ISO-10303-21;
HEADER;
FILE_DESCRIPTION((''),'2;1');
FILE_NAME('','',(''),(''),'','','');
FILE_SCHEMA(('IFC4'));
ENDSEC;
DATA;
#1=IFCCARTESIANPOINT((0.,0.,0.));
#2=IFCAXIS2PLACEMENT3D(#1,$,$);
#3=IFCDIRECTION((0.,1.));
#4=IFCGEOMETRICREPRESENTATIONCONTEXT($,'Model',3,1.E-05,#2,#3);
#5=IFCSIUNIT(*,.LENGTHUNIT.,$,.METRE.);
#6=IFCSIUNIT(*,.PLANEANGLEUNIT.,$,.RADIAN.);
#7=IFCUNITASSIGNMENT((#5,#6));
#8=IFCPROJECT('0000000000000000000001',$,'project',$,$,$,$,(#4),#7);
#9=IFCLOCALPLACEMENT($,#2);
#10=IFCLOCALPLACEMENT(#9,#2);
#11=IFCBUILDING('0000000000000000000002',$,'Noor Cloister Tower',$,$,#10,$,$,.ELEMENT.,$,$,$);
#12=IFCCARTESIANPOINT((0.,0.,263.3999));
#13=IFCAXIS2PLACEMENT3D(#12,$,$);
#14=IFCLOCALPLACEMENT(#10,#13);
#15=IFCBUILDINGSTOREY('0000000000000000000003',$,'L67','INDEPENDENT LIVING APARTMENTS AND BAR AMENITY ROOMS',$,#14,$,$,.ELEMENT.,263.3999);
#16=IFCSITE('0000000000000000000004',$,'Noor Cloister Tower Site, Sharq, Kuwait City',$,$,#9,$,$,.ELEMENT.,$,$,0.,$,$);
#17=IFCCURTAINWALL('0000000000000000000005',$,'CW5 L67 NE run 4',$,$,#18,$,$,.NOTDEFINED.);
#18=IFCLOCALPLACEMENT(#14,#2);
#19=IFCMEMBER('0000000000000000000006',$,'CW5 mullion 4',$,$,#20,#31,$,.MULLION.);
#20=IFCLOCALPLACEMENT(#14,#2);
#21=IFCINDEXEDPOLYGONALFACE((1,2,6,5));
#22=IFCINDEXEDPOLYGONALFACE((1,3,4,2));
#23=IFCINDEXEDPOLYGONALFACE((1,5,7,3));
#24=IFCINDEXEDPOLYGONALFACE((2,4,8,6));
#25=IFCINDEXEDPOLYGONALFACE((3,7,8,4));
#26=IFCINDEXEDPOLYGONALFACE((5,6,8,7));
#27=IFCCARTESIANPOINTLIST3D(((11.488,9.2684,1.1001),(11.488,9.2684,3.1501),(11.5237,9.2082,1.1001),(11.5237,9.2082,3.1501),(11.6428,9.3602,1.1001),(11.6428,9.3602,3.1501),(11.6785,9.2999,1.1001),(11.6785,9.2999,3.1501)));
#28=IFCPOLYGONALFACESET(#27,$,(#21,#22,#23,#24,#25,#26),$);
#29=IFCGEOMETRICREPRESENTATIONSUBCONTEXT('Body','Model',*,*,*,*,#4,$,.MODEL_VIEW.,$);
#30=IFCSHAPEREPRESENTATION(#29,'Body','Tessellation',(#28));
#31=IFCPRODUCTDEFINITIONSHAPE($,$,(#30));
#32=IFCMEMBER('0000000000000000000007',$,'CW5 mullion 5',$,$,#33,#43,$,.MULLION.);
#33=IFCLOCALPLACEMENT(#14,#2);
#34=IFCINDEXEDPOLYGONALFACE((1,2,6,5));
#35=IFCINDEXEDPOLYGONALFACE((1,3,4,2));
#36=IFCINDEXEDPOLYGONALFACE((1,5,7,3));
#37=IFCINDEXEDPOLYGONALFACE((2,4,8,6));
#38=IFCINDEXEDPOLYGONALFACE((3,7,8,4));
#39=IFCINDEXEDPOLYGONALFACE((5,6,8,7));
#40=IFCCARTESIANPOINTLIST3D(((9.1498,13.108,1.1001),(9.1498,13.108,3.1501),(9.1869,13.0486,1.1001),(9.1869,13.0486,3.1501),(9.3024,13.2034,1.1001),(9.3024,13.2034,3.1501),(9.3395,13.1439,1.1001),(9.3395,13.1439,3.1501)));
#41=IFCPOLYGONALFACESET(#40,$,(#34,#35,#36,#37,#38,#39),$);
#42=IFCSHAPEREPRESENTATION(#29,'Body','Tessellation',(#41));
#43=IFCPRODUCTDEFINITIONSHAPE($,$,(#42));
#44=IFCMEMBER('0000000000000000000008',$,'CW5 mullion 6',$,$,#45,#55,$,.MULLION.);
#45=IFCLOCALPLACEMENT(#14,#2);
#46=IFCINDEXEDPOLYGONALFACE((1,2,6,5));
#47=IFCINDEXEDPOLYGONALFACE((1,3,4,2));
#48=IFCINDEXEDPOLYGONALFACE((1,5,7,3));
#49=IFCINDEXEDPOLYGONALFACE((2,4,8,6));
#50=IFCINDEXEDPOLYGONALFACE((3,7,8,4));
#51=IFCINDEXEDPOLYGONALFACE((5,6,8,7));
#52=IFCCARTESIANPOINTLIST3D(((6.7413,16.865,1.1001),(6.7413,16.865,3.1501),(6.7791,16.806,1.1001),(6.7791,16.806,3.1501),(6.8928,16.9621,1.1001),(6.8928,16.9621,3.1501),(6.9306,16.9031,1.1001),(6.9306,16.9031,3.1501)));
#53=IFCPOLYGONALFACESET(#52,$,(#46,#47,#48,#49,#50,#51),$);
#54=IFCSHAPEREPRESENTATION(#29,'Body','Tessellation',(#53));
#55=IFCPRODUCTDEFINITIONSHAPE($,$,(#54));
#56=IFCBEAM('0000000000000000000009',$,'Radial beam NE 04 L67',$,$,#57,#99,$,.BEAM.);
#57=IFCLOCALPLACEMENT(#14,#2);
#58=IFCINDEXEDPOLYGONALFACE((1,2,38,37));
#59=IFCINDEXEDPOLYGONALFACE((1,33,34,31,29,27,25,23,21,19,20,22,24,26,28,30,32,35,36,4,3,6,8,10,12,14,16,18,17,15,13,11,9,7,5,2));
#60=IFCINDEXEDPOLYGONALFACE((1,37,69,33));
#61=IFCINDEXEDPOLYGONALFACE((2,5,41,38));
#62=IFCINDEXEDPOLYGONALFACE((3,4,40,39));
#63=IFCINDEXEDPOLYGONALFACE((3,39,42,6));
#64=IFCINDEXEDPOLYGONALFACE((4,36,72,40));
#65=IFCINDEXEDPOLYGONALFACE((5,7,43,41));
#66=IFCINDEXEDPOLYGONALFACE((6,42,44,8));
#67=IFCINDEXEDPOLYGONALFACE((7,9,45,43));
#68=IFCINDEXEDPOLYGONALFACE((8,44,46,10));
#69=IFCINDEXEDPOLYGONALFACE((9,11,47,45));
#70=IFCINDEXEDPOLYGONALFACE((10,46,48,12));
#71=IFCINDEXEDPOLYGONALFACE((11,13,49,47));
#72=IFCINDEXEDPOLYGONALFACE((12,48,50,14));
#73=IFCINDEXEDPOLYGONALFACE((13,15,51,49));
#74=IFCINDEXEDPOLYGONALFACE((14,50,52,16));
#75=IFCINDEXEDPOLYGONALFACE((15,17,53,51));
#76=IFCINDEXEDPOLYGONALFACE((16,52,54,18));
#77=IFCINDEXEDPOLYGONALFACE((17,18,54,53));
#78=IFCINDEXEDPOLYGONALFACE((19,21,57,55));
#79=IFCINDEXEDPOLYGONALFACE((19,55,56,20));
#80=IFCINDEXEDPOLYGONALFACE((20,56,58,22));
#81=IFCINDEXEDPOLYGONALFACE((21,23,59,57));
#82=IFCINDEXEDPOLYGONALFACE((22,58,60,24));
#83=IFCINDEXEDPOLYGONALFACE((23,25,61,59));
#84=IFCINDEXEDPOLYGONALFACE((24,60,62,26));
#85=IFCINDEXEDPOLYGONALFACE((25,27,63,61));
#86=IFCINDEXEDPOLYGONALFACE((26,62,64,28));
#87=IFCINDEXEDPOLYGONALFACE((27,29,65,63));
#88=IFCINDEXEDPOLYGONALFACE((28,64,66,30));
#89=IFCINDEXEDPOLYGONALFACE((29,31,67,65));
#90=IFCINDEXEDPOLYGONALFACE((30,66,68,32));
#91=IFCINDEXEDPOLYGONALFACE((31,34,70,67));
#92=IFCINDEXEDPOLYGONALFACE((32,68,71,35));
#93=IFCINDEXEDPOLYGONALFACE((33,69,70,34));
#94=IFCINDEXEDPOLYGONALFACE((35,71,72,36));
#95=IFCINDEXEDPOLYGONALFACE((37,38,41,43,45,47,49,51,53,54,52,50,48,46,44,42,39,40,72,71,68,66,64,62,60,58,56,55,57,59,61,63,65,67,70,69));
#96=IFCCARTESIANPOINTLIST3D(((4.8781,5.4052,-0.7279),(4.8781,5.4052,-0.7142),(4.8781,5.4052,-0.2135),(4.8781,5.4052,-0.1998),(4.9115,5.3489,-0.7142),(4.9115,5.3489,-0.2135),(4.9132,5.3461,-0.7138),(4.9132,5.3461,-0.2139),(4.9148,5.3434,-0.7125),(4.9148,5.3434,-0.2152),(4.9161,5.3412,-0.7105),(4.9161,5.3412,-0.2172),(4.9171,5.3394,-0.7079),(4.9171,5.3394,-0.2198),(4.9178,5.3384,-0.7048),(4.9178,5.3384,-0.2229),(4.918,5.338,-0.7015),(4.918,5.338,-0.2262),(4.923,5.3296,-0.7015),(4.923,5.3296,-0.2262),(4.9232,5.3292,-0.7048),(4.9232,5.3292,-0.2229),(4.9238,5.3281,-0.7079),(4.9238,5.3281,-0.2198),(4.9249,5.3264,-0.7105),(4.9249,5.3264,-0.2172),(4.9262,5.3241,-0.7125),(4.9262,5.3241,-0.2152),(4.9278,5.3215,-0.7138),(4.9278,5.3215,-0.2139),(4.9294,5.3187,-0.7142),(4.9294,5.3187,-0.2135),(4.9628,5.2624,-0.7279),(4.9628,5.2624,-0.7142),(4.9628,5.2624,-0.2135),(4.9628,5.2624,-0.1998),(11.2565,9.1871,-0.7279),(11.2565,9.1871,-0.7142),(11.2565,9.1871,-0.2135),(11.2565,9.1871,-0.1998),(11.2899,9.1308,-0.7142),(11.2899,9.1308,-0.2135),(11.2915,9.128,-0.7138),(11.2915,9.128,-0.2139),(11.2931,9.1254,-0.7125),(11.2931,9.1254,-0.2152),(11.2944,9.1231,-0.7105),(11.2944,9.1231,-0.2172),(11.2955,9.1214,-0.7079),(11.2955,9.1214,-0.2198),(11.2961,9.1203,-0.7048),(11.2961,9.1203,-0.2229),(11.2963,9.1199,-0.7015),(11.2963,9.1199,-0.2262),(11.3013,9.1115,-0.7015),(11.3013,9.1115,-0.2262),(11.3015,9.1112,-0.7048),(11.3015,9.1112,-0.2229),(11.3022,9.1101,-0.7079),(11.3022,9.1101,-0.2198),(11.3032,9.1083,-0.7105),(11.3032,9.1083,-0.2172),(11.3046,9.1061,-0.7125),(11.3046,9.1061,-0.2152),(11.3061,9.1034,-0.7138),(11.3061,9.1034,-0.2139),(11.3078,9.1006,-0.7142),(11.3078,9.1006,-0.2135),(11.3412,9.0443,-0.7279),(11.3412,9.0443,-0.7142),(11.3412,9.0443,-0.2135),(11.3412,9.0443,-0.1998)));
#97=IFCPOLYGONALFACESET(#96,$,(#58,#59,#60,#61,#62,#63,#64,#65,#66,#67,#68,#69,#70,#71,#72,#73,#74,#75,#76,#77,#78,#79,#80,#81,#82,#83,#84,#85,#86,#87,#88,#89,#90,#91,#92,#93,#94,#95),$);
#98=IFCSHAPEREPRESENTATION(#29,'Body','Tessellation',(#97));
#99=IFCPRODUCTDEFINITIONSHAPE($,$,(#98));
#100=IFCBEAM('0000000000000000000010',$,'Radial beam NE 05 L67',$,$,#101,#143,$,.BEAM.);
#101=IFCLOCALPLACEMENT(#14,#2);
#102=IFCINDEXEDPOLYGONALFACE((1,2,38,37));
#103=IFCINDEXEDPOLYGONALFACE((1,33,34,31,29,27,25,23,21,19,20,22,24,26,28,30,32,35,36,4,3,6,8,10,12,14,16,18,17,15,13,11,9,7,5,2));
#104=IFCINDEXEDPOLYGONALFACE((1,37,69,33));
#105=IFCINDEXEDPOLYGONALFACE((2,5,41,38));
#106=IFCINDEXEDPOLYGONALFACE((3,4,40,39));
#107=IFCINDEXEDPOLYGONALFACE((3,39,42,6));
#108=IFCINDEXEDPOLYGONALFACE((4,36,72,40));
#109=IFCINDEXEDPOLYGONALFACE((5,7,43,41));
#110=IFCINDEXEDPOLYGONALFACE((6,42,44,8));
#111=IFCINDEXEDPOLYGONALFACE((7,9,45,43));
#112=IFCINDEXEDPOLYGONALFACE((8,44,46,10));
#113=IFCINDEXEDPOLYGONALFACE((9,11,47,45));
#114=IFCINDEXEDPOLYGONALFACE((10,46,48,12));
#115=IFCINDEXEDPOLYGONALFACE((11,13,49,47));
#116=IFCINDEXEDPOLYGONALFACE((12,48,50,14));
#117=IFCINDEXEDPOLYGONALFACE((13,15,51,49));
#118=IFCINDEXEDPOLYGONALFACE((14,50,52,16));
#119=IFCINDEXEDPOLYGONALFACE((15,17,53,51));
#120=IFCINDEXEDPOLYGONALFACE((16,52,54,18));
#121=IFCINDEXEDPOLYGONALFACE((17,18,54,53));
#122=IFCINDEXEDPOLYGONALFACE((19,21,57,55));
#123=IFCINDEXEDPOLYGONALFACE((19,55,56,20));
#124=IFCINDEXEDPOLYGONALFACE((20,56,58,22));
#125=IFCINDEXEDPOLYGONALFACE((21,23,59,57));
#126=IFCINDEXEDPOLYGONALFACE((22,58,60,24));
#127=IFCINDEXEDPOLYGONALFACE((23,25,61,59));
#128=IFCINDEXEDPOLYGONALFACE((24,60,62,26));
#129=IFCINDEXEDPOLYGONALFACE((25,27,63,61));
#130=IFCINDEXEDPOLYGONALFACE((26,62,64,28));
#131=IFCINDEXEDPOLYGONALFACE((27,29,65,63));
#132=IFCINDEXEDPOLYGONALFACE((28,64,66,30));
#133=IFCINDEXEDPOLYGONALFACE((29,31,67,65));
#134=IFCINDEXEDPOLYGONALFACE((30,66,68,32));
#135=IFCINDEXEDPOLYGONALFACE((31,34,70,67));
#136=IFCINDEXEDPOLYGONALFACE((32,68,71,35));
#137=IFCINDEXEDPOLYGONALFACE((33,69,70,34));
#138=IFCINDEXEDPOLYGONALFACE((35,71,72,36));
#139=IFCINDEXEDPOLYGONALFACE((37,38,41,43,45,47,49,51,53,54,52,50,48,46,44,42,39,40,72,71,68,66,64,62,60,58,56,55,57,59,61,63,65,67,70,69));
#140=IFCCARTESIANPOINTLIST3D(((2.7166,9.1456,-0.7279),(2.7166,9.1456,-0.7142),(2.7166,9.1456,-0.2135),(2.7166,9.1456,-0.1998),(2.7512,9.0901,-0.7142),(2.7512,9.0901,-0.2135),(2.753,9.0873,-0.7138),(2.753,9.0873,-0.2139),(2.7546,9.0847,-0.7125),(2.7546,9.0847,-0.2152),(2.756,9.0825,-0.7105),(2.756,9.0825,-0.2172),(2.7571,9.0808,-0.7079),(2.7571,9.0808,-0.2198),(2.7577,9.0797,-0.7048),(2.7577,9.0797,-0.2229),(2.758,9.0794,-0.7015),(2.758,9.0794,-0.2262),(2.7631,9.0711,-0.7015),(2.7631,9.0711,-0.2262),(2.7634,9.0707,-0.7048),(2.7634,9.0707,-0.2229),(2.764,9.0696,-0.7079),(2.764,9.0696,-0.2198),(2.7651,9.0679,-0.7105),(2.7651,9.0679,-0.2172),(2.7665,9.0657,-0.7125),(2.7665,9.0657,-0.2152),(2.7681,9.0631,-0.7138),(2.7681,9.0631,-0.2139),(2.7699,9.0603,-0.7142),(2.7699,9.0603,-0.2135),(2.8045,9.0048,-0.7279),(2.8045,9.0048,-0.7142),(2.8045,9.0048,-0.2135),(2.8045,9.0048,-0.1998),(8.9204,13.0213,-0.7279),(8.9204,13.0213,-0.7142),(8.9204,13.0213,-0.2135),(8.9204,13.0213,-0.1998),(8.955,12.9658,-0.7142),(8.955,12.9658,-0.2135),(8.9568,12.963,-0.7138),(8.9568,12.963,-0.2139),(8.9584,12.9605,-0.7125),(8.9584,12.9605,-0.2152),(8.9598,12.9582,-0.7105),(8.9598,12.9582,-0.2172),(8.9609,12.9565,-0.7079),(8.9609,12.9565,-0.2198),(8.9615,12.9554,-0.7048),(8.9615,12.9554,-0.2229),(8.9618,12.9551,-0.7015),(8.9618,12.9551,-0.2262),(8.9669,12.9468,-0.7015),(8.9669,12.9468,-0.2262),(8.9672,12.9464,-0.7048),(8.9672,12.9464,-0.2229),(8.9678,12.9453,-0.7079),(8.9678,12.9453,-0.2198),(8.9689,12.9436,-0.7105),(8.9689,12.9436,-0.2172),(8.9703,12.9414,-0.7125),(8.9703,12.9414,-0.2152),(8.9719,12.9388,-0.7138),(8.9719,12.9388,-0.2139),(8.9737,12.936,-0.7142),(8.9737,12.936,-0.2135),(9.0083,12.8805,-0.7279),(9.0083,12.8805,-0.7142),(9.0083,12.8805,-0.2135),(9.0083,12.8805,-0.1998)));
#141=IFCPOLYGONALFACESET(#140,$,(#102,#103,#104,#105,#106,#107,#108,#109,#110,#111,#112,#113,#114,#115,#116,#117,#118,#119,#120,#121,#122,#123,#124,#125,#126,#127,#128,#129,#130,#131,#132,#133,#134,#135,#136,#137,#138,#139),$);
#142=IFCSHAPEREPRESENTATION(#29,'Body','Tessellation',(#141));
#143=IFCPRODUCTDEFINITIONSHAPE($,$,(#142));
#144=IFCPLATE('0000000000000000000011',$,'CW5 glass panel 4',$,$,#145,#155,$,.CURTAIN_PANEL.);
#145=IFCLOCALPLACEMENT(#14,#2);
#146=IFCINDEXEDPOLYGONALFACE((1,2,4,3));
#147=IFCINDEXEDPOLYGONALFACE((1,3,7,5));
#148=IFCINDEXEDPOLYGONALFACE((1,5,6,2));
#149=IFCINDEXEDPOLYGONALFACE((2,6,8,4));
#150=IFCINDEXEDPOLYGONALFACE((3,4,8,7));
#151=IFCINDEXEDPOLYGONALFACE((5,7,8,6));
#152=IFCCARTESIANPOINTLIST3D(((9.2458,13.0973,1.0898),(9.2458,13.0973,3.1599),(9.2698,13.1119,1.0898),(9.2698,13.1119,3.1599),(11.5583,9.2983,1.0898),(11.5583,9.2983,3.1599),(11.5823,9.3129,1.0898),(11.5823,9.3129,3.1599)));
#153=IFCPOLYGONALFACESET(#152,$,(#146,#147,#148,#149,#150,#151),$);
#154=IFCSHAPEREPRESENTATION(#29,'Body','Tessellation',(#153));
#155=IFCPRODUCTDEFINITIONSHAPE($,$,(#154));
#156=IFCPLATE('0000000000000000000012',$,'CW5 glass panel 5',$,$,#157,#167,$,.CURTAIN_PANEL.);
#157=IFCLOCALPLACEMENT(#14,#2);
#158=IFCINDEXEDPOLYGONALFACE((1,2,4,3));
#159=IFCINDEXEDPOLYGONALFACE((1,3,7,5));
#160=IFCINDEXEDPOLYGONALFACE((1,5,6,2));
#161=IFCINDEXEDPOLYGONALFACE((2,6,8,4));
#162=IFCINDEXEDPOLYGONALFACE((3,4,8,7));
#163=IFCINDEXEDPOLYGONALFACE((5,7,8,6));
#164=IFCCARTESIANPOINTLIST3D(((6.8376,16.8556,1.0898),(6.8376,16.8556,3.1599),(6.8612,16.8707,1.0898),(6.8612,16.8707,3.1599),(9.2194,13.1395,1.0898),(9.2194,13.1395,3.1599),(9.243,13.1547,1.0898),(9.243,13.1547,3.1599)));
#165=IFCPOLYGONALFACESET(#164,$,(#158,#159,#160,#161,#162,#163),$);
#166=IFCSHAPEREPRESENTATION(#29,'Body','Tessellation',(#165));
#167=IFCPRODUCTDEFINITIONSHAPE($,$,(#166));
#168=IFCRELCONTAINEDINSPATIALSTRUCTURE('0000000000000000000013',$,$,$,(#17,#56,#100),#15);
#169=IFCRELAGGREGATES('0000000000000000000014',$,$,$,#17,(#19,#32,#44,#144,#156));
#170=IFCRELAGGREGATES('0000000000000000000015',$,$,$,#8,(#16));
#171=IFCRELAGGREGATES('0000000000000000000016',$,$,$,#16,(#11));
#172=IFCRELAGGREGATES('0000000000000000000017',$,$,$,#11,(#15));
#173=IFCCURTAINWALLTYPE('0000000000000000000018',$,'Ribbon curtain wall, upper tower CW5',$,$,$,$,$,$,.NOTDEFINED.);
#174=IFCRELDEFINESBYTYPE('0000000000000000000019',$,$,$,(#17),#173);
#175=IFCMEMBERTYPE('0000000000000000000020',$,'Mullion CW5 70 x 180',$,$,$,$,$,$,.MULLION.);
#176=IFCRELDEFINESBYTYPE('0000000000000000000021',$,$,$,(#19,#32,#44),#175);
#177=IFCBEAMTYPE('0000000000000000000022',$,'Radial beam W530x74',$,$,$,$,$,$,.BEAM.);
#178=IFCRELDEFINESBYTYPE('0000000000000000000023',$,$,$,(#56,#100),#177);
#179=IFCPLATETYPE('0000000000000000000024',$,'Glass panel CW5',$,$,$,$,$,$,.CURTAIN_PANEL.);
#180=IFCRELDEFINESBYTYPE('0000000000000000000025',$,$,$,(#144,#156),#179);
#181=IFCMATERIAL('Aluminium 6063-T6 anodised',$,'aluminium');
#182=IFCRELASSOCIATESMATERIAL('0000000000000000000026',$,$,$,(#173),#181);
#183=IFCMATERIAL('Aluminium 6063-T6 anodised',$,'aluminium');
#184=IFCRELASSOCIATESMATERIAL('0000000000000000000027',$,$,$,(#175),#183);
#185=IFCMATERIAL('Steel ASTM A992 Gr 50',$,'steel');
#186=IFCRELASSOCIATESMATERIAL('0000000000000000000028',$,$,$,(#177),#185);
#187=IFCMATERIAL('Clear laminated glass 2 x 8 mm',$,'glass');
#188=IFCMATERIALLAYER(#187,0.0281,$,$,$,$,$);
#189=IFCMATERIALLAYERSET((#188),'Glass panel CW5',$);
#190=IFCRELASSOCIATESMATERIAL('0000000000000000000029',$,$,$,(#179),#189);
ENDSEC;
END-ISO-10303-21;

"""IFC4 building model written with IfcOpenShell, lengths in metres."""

from ifc_helpers import new_model, si_unit, direction, frame, origin, origin_2d, place, context, subcontext, project, spatial, rectangle, i_section, extrude, material, layer, layer_set, material_profile, profile_set, type_object, element, aggregate, save


model = new_model("IFC4")

# Units and contexts
model_context = context("Model", 3, precision=1e-05, world=origin(), true_north=direction((0.0, 1.0)))
body_context = subcontext(model_context, "Body", "Model", "MODEL_VIEW")
ifc_project = project(units=[si_unit("LENGTHUNIT", "METRE"), si_unit("PLANEANGLEUNIT", "RADIAN")], contexts=[model_context])

# Site, building, storey
site_placement = place(None, origin())
site = spatial("IfcSite", under=ifc_project, at=site_placement, Name="Noor Cloister Tower Site, Sharq, Kuwait City", CompositionType="ELEMENT", RefElevation=0.0)
building_placement = place(site_placement, origin())
building = spatial("IfcBuilding", under=site, at=building_placement, Name="Noor Cloister Tower", CompositionType="ELEMENT")
storey_placement = place(building_placement, frame((0.0, 0.0, 263.3999)))
storey = spatial("IfcBuildingStorey", under=building, at=storey_placement, Name="L67", Description="INDEPENDENT LIVING APARTMENTS AND BAR AMENITY ROOMS", CompositionType="ELEMENT", Elevation=263.3999)

# Curtain wall, members
ifc_material_1 = material(Name="Aluminium 6063-T6 anodised", Category="aluminium")
curtain_wall_type = type_object("IfcCurtainWallType", Name="Ribbon curtain wall, upper tower CW5", PredefinedType="NOTDEFINED", material=ifc_material_1)
curtain_wall_placement = place(storey_placement, origin())
curtain_wall = element("IfcCurtainWall", 1, at=curtain_wall_placement, inside=storey, type_object=curtain_wall_type, Name="CW5 L67 NE run 4", PredefinedType="NOTDEFINED")
ifc_material_2 = material(Name="Aluminium 6063-T6 anodised", Category="aluminium")
ifc_material_profile_1 = material_profile(ifc_material_2, rectangle(XDim=0.1799, YDim=0.0701, at=origin_2d()), Name="180 x 70 mullion")
ifc_profile_set_1 = profile_set([ifc_material_profile_1], Name="Aluminium 6063-T6 anodised")
member_type = type_object("IfcMemberType", Name="Mullion CW5 70 x 180", PredefinedType="MULLION", material=ifc_profile_set_1)
member_1_placement = place(storey_placement, frame((11.5833, 9.2842, 1.1001), z_axis=(0.0, 0.0, 1.0), x_axis=(-0.860169, -0.510009, 0.0)))
member_1 = element("IfcMember", 2, at=member_1_placement, type_object=member_type, Name="CW5 mullion 4", PredefinedType="MULLION", context=body_context, shape_type="SweptSolid", body=[
    extrude(rectangle(XDim=0.1799, YDim=0.0701, at=origin_2d()), origin(), (0.0, 0.0, 1.0), 2.05),
])
member_2_placement = place(storey_placement, frame((9.2446, 13.126, 1.1001), z_axis=(0.0, 0.0, 1.0), x_axis=(-0.848111, -0.529819, 0.0)))
member_2 = element("IfcMember", 3, at=member_2_placement, type_object=member_type, Name="CW5 mullion 5", PredefinedType="MULLION", context=body_context, shape_type="SweptSolid", body=[
    extrude(rectangle(XDim=0.1799, YDim=0.0701, at=origin_2d()), origin(), (0.0, 0.0, 1.0), 2.05),
])
member_3_placement = place(storey_placement, frame((6.8359, 16.884, 1.1001), z_axis=(0.0, 0.0, 1.0), x_axis=(-0.84191, -0.539618, 0.0)))
member_3 = element("IfcMember", 4, at=member_3_placement, type_object=member_type, Name="CW5 mullion 6", PredefinedType="MULLION", context=body_context, shape_type="SweptSolid", body=[
    extrude(rectangle(XDim=0.1799, YDim=0.0701, at=origin_2d()), origin(), (0.0, 0.0, 1.0), 2.05),
])

# Beams
ifc_material_3 = material(Name="Steel ASTM A992 Gr 50", Category="steel")
ifc_material_profile_2 = material_profile(ifc_material_3, i_section(OverallWidth=0.166, OverallDepth=0.5281, WebThickness=0.0098, FlangeThickness=0.0137, FilletRadius=0.0127, at=origin_2d()), Name="W530x74")
ifc_profile_set_2 = profile_set([ifc_material_profile_2], Name="Steel ASTM A992 Gr 50")
beam_type_1 = type_object("IfcBeamType", Name="Radial beam W530x74", PredefinedType="BEAM", material=ifc_profile_set_2)
beam_1_placement = place(storey_placement, frame((11.2988, 9.1157, -0.4639), z_axis=(-0.860163, -0.51002, 0.0), x_axis=(0.51002, -0.860163, 0.0)))
element("IfcBeam", 5, at=beam_1_placement, inside=storey, type_object=beam_type_1, Name="Radial beam NE 04 L67", PredefinedType="BEAM", context=body_context, shape_type="SweptSolid", body=[
    extrude(i_section(OverallWidth=0.166, OverallDepth=0.5281, WebThickness=0.0098, FlangeThickness=0.0137, FilletRadius=0.0127, at=origin_2d()), origin(), (0.0, 0.0, 1.0), 7.4153),
])
beam_2_placement = place(storey_placement, frame((8.9644, 12.9509, -0.4639), z_axis=(-0.848101, -0.529834, 0.0), x_axis=(0.529834, -0.848101, 0.0)))
element("IfcBeam", 6, at=beam_2_placement, inside=storey, type_object=beam_type_1, Name="Radial beam NE 05 L67", PredefinedType="BEAM", context=body_context, shape_type="SweptSolid", body=[
    extrude(i_section(OverallWidth=0.166, OverallDepth=0.5281, WebThickness=0.0098, FlangeThickness=0.0137, FilletRadius=0.0127, at=origin_2d()), origin(), (0.0, 0.0, 1.0), 7.3149),
])

# Plates
ifc_material_4 = material(Name="Clear laminated glass 2 x 8 mm", Category="glass")
ifc_layer_1 = layer(ifc_material_4, 0.0281)
ifc_layer_set_1 = layer_set([ifc_layer_1], Name="Glass panel CW5")
plate_type = type_object("IfcPlateType", Name="Glass panel CW5", PredefinedType="CURTAIN_PANEL", material=ifc_layer_set_1)
plate_1_placement = place(storey_placement, frame((10.4141, 11.2051, 1.0898), z_axis=(0.0, 0.0, 1.0), x_axis=(-0.519949, 0.854197, 0.0)))
plate_1 = element("IfcPlate", 7, at=plate_1_placement, type_object=plate_type, Name="CW5 glass panel 4", PredefinedType="CURTAIN_PANEL", context=body_context, shape_type="SweptSolid", body=[
    extrude(rectangle(XDim=4.4475, YDim=0.0281, at=origin_2d()), origin(), (0.0, 0.0, 1.0), 2.0701),
])
plate_2_placement = place(storey_placement, frame((8.0403, 15.0051, 1.0898), z_axis=(0.0, 0.0, 1.0), x_axis=(-0.539618, 0.84191, 0.0)))
plate_2 = element("IfcPlate", 8, at=plate_2_placement, type_object=plate_type, Name="CW5 glass panel 5", PredefinedType="CURTAIN_PANEL", context=body_context, shape_type="SweptSolid", body=[
    extrude(rectangle(XDim=4.4138, YDim=0.0281, at=origin_2d()), origin(), (0.0, 0.0, 1.0), 2.0701),
])
aggregate(curtain_wall, [member_1, member_2, member_3, plate_1, plate_2])

save(model, "model.ifc")
